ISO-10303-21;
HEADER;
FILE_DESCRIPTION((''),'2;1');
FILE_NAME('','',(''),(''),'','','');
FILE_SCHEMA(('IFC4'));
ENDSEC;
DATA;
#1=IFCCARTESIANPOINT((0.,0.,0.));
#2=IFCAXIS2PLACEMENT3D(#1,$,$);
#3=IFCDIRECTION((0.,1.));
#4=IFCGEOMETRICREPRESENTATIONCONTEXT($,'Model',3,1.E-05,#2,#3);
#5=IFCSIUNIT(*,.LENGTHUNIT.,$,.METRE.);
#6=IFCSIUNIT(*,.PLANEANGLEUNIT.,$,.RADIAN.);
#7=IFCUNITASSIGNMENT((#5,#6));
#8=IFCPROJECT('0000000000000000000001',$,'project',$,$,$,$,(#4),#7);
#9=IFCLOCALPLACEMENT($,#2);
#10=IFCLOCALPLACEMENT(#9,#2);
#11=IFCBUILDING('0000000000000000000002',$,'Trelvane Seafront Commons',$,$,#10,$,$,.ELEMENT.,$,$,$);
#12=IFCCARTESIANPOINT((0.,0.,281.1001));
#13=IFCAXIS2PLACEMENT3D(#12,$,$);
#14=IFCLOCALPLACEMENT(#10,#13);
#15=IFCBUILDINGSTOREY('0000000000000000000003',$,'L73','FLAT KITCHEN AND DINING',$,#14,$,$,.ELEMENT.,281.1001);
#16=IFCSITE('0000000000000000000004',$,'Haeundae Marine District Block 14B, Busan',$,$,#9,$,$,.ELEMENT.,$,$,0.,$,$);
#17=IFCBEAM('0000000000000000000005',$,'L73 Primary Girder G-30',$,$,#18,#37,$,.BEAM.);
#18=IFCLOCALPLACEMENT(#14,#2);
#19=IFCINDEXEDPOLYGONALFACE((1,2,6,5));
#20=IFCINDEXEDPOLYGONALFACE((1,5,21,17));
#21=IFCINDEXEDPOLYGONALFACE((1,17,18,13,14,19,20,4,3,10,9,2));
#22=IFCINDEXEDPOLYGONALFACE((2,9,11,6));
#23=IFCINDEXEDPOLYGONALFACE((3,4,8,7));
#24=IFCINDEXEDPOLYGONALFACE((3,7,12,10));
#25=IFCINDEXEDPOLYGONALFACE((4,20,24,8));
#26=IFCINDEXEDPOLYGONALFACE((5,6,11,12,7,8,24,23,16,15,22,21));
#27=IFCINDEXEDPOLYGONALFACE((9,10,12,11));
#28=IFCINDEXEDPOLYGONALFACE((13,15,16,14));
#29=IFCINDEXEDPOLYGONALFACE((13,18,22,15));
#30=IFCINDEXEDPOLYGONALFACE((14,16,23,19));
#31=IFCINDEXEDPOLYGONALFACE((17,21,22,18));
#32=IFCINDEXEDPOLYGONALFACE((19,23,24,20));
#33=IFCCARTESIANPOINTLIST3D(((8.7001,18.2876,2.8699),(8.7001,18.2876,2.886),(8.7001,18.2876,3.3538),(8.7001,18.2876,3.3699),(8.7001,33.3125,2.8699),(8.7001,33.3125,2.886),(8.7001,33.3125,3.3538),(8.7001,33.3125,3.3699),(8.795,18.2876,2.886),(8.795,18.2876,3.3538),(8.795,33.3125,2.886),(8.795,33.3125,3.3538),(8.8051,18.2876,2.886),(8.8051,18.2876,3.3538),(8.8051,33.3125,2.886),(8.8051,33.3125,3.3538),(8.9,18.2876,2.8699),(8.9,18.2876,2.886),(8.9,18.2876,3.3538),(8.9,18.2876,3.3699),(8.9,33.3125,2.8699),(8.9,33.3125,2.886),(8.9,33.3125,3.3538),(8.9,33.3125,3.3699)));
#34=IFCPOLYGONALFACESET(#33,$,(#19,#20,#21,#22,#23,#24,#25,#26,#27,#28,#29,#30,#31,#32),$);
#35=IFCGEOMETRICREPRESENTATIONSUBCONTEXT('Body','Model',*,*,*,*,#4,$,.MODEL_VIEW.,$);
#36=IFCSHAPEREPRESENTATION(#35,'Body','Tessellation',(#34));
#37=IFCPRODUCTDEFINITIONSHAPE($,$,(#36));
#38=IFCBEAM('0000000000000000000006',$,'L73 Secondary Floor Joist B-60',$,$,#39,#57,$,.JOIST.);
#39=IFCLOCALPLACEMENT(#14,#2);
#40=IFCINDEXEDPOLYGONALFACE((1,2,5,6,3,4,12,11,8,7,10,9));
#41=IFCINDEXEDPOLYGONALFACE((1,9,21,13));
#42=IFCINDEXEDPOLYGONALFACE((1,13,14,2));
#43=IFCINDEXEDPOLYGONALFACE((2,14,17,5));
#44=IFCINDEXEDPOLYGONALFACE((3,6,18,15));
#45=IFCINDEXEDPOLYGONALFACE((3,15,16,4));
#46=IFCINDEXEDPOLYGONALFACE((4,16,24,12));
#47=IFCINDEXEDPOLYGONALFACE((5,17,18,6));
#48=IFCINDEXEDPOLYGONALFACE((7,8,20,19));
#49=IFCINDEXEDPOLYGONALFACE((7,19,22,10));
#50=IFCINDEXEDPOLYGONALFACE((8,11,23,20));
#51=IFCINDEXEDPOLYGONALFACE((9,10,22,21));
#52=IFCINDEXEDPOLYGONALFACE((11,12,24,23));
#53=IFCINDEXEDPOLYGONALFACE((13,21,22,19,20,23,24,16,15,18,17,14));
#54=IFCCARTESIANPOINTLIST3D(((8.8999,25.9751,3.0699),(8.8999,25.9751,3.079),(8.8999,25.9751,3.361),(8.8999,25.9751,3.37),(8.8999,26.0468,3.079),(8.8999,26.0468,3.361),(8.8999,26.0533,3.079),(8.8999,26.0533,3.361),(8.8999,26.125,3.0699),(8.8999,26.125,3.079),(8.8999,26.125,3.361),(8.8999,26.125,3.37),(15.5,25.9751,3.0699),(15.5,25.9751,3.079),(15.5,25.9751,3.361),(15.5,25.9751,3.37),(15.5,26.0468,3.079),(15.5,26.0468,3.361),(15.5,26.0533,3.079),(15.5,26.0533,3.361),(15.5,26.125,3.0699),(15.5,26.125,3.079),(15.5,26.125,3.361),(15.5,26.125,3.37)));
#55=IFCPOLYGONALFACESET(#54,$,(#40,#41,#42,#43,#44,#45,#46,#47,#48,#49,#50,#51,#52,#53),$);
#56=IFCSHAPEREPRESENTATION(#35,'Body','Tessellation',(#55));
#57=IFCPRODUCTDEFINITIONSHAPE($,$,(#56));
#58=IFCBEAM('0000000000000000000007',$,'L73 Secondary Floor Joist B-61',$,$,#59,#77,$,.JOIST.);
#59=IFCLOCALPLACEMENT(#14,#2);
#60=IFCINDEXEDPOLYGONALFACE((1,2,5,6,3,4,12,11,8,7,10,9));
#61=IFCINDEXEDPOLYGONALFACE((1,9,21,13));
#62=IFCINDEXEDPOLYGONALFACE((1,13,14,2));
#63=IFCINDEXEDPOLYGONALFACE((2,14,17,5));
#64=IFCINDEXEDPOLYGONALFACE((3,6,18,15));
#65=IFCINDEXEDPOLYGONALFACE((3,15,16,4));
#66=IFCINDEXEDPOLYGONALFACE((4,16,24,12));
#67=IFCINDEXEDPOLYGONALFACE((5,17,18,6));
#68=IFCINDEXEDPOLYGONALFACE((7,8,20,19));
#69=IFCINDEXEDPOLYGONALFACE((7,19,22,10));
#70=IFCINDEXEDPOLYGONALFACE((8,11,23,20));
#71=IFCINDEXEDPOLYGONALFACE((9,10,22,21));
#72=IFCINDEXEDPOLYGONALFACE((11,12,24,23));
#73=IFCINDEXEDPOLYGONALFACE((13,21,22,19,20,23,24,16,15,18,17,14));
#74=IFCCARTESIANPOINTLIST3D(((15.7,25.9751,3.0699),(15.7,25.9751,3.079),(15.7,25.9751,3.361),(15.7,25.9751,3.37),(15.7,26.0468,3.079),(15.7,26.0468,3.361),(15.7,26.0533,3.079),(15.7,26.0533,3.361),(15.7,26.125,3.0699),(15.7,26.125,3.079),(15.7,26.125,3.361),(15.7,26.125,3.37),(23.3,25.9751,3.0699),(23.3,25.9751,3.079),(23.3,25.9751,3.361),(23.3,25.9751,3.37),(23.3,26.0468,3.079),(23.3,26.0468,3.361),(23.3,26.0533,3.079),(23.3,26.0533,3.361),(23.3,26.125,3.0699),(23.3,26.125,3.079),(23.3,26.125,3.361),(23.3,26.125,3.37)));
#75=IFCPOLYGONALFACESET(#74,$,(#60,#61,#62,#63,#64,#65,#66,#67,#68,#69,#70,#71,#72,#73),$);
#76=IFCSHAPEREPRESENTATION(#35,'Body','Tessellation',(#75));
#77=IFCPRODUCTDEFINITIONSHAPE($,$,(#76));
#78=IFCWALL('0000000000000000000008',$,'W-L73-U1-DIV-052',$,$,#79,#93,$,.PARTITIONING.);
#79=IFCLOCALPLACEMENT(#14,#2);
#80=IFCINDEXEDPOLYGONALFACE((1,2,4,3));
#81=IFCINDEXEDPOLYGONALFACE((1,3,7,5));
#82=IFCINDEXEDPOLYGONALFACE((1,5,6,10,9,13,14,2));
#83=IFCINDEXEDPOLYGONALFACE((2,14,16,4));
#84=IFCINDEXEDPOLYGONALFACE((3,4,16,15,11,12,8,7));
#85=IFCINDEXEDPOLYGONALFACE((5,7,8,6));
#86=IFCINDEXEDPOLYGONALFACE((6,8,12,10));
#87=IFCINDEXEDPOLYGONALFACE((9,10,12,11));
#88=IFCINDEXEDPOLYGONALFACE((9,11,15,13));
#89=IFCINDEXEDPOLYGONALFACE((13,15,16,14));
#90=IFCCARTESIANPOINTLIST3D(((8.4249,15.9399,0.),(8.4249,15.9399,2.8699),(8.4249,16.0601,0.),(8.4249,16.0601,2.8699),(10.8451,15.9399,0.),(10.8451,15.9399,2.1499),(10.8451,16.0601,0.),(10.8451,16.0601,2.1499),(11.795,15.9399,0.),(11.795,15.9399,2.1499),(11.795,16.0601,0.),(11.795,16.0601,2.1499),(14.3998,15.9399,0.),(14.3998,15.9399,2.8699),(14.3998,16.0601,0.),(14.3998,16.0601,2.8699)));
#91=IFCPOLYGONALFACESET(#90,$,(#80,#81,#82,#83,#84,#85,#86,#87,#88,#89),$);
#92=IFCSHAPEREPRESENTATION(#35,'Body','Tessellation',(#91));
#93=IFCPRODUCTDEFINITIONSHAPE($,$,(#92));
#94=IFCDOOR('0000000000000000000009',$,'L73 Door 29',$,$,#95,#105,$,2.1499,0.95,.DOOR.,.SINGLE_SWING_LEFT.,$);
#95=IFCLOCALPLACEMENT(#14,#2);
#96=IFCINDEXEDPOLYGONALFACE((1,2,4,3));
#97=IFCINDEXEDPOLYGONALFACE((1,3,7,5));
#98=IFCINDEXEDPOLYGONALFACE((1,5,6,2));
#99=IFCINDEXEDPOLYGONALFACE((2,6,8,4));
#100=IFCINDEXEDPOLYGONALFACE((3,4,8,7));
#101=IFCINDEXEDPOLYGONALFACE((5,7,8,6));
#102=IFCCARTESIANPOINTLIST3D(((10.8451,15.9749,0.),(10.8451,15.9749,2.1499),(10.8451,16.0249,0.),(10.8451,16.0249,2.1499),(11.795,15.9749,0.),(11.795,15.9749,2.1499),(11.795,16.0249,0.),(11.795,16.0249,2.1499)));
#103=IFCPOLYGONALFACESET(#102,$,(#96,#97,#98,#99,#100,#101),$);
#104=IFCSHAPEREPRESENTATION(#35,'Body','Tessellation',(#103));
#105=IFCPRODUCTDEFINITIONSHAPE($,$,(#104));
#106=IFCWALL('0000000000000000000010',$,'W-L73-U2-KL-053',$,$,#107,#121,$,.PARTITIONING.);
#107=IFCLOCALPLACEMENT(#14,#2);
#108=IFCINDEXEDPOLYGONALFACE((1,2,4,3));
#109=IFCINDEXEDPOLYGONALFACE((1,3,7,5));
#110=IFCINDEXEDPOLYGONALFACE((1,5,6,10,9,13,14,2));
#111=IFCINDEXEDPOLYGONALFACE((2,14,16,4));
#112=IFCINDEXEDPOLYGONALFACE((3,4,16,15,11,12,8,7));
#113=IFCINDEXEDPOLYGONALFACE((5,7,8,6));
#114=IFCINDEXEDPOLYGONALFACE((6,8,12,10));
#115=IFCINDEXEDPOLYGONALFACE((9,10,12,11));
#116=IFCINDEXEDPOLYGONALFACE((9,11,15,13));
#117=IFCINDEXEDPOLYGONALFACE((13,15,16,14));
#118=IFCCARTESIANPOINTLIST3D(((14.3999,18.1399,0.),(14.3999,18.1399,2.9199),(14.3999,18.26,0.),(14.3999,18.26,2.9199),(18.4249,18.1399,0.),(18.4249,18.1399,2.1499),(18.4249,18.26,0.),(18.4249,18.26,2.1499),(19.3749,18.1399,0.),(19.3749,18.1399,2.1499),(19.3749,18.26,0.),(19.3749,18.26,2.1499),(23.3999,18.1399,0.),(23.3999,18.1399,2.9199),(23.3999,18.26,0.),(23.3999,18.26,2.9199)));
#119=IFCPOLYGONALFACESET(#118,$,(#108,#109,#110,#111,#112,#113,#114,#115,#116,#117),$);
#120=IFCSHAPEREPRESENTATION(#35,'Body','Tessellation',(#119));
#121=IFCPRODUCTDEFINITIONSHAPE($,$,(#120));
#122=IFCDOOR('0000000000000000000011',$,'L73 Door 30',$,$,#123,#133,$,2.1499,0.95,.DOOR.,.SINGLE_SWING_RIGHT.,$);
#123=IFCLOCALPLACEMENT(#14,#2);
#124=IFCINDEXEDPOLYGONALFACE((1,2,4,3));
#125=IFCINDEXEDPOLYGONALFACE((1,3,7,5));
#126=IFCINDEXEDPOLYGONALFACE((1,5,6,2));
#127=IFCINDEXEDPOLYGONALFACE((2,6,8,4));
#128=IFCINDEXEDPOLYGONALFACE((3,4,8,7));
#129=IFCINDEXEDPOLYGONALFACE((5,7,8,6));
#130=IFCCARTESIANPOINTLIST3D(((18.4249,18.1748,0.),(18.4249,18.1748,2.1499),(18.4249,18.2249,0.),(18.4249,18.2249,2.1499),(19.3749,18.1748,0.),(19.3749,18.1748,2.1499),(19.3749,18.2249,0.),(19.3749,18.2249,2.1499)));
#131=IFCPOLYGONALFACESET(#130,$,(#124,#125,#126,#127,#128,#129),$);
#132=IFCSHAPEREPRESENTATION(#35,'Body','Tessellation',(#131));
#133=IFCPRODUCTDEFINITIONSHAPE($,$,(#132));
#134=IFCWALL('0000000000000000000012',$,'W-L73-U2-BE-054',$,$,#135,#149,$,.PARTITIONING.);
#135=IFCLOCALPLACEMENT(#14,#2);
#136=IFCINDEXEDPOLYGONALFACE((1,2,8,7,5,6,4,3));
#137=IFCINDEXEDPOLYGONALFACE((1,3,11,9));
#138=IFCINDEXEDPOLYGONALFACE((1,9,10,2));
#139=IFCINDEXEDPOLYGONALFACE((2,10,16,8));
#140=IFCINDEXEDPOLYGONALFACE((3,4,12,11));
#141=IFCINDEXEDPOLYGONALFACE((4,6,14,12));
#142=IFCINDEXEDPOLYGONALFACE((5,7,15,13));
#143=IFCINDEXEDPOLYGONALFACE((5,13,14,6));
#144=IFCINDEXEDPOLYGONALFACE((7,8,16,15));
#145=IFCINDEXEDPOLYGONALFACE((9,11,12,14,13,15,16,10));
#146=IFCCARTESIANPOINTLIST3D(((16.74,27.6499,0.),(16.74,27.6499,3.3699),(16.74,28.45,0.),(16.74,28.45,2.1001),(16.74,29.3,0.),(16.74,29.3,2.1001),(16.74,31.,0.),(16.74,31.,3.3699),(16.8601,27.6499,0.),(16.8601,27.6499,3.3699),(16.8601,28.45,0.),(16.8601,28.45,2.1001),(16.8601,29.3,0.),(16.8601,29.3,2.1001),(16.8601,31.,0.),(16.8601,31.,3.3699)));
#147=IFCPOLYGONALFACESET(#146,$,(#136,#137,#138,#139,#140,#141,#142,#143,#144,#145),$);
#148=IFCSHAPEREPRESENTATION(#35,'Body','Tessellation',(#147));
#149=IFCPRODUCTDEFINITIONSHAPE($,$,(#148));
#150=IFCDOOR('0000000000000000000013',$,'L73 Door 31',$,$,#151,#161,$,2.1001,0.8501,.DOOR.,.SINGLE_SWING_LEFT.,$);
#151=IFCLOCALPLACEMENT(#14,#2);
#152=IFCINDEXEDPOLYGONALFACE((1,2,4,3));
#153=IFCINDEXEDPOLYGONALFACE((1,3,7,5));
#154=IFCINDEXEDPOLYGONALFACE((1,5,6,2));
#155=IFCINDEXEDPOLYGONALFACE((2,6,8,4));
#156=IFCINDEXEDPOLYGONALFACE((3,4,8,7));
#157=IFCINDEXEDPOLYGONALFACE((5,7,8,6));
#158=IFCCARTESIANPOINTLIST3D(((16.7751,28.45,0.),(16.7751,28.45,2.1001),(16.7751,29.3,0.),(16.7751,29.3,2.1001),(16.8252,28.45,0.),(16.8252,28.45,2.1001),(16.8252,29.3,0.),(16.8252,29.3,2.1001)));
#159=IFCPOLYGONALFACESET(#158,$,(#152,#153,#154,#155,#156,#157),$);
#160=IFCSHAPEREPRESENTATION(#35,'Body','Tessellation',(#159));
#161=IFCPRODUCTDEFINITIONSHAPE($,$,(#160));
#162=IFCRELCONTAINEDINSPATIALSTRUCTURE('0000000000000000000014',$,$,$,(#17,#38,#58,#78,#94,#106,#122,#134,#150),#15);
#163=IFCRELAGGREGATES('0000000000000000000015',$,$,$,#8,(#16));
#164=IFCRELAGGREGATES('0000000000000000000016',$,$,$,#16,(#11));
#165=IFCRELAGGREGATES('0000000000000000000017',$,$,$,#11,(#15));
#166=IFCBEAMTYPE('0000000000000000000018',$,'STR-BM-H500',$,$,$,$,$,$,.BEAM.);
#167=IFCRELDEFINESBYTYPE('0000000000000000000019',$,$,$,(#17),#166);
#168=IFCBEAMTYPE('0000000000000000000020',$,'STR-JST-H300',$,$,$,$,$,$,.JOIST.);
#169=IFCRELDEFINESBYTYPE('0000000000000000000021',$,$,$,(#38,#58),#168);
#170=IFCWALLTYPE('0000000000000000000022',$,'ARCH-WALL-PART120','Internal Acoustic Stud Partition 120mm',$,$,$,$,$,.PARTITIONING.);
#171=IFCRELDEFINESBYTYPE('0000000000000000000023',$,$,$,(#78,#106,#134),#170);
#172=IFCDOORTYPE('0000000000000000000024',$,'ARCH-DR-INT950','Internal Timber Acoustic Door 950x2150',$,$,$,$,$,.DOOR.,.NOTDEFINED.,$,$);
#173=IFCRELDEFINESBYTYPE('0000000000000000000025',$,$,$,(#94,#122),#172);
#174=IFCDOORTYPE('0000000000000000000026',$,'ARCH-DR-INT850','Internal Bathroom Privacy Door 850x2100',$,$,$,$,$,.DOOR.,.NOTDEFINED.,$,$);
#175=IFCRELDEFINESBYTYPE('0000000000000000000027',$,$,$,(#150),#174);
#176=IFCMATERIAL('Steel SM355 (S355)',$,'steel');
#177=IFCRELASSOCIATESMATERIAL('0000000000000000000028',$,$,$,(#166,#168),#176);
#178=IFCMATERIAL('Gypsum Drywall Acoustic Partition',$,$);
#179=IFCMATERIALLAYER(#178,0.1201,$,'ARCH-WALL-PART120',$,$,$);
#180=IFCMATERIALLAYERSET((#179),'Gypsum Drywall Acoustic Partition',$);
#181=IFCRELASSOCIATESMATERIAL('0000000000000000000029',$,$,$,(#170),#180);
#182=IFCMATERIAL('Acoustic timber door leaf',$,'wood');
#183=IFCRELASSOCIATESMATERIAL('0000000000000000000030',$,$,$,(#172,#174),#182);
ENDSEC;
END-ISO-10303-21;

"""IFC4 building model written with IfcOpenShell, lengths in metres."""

from ifc_helpers import new_model, si_unit, direction, frame, frame_2d, origin, origin_2d, place, context, subcontext, project, spatial, rectangle, i_section, extrude, source, transform, mapped, material, layer, layer_set, material_profile, profile_set, type_object, element, fill, save


model = new_model("IFC4")

# Units and contexts
model_context = context("Model", 3, precision=1e-05, world=origin(), true_north=direction((0.0, 1.0)))
body_context = subcontext(model_context, "Body", "Model", "MODEL_VIEW")
ifc_project = project(units=[si_unit("LENGTHUNIT", "METRE"), si_unit("PLANEANGLEUNIT", "RADIAN")], contexts=[model_context])

# Site, building, storey
site_placement = place(None, origin())
site = spatial("IfcSite", under=ifc_project, at=site_placement, Name="Haeundae Marine District Block 14B, Busan", CompositionType="ELEMENT", RefElevation=0.0)
building_placement = place(site_placement, origin())
building = spatial("IfcBuilding", under=site, at=building_placement, Name="Trelvane Seafront Commons", CompositionType="ELEMENT")
storey_placement = place(building_placement, frame((0.0, 0.0, 281.1001)))
storey = spatial("IfcBuildingStorey", under=building, at=storey_placement, Name="L73", Description="FLAT KITCHEN AND DINING", CompositionType="ELEMENT", Elevation=281.1001)

# Shared definitions
ifc_material_1 = material(Name="Steel SM355 (S355)", Category="steel")

# Beams
ifc_material_profile_1 = material_profile(ifc_material_1, i_section(OverallWidth=0.2, OverallDepth=0.5, WebThickness=0.01, FlangeThickness=0.0161, at=origin_2d()), Name="H-500x200x10x16")
ifc_profile_set_1 = profile_set([ifc_material_profile_1], Name="Steel SM355 (S355)")
beam_type_1 = type_object("IfcBeamType", Name="STR-BM-H500", PredefinedType="BEAM", material=ifc_profile_set_1)
shared_shape_1 = source(origin(), body_context, "Body", "SweptSolid", [
    extrude(i_section(OverallWidth=0.2, OverallDepth=0.5, WebThickness=0.01, FlangeThickness=0.0161, at=origin_2d()), origin(), (0.0, 0.0, 1.0), 15.0249),
])
beam_1_placement = place(storey_placement, frame((8.8, 18.2876, 3.1199), z_axis=(0.0, 1.0, 0.0), x_axis=(-1.0, 0.0, 0.0)))
element("IfcBeam", 1, at=beam_1_placement, inside=storey, type_object=beam_type_1, Name="L73 Primary Girder G-30", PredefinedType="BEAM", context=body_context, shape_type="MappedRepresentation", body=[
    mapped(shared_shape_1, transform((0.0, 0.0, 0.0), x_axis=(1.0, 0.0, 0.0), y_axis=(0.0, 1.0, 0.0), z_axis=(0.0, 0.0, 1.0), scale=1.0)),
])
ifc_material_profile_2 = material_profile(ifc_material_1, i_section(OverallWidth=0.1499, OverallDepth=0.3, WebThickness=0.0066, FlangeThickness=0.009, at=origin_2d()), Name="H-300x150x6.5x9")
ifc_profile_set_2 = profile_set([ifc_material_profile_2], Name="Steel SM355 (S355)")
beam_type_2 = type_object("IfcBeamType", Name="STR-JST-H300", PredefinedType="JOIST", material=ifc_profile_set_2)
shared_shape_2 = source(origin(), body_context, "Body", "SweptSolid", [
    extrude(i_section(OverallWidth=0.1499, OverallDepth=0.3, WebThickness=0.0066, FlangeThickness=0.009, at=origin_2d()), origin(), (0.0, 0.0, 1.0), 6.6001),
])
beam_2_placement = place(storey_placement, frame((8.8999, 26.05, 3.22), z_axis=(1.0, 0.0, 0.0), x_axis=(0.0, 1.0, 0.0)))
element("IfcBeam", 2, at=beam_2_placement, inside=storey, type_object=beam_type_2, Name="L73 Secondary Floor Joist B-60", PredefinedType="JOIST", context=body_context, shape_type="MappedRepresentation", body=[
    mapped(shared_shape_2, transform((0.0, 0.0, 0.0), x_axis=(1.0, 0.0, 0.0), y_axis=(0.0, 1.0, 0.0), z_axis=(0.0, 0.0, 1.0), scale=1.0)),
])
shared_shape_3 = source(origin(), body_context, "Body", "SweptSolid", [
    extrude(i_section(OverallWidth=0.1499, OverallDepth=0.3, WebThickness=0.0066, FlangeThickness=0.009, at=origin_2d()), origin(), (0.0, 0.0, 1.0), 7.6001),
])
beam_3_placement = place(storey_placement, frame((15.7, 26.05, 3.22), z_axis=(1.0, 0.0, 0.0), x_axis=(0.0, 1.0, 0.0)))
element("IfcBeam", 3, at=beam_3_placement, inside=storey, type_object=beam_type_2, Name="L73 Secondary Floor Joist B-61", PredefinedType="JOIST", context=body_context, shape_type="MappedRepresentation", body=[
    mapped(shared_shape_3, transform((0.0, 0.0, 0.0), x_axis=(1.0, 0.0, 0.0), y_axis=(0.0, 1.0, 0.0), z_axis=(0.0, 0.0, 1.0), scale=1.0)),
])

# Walls, openings, doors
ifc_material_2 = material(Name="Gypsum Drywall Acoustic Partition")
ifc_layer_1 = layer(ifc_material_2, 0.1201, Name="ARCH-WALL-PART120")
ifc_layer_set_1 = layer_set([ifc_layer_1], Name="Gypsum Drywall Acoustic Partition")
wall_type_1 = type_object("IfcWallType", Name="ARCH-WALL-PART120", Description="Internal Acoustic Stud Partition 120mm", PredefinedType="PARTITIONING", material=ifc_layer_set_1)
wall_1_placement = place(storey_placement, frame((8.425, 16.0, 0.0), z_axis=(0.0, 0.0, 1.0), x_axis=(1.0, 0.0, 0.0)))
wall_1 = element("IfcWall", 4, at=wall_1_placement, inside=storey, type_object=wall_type_1, Name="W-L73-U1-DIV-052", PredefinedType="PARTITIONING", context=body_context, shape_type="SweptSolid", body=[
    extrude(rectangle(XDim=5.9749, YDim=0.1201, at=frame_2d((2.9873, 0.0))), origin(), (0.0, 0.0, 1.0), 2.8699),
])
opening_1_placement = place(wall_1_placement, frame((2.4199, 0.0, 0.0)))
opening_1 = element("IfcOpeningElement", 5, at=opening_1_placement, cuts=wall_1, PredefinedType="OPENING", context=body_context, shape_type="SweptSolid", body=[
    extrude(rectangle(XDim=0.95, YDim=2.1499, at=frame_2d((0.4751, 1.075))), frame((0.0, 0.0701, 0.0), z_axis=(0.0, -1.0, 0.0), x_axis=(1.0, 0.0, 0.0)), (0.0, 0.0, 1.0), 0.1401),
])
ifc_material_3 = material(Name="Acoustic timber door leaf", Category="wood")
door_type_1 = type_object("IfcDoorType", Name="ARCH-DR-INT950", Description="Internal Timber Acoustic Door 950x2150", OperationType="NOTDEFINED", PredefinedType="DOOR", material=ifc_material_3)
shared_shape_4 = source(origin(), body_context, "Body", "SweptSolid", [
    extrude(rectangle(XDim=0.95, YDim=2.1499, at=frame_2d((0.4751, 1.075))), frame((0.0, 0.0249, 0.0), z_axis=(0.0, -1.0, 0.0), x_axis=(1.0, 0.0, 0.0)), (0.0, 0.0, 1.0), 0.05),
])
door_1_placement = place(opening_1_placement, origin())
door_1 = element("IfcDoor", 6, at=door_1_placement, inside=storey, type_object=door_type_1, Name="L73 Door 29", OperationType="SINGLE_SWING_LEFT", OverallHeight=2.1499, OverallWidth=0.95, PredefinedType="DOOR", context=body_context, shape_type="MappedRepresentation", body=[
    mapped(shared_shape_4, transform((0.0, 0.0, 0.0), x_axis=(1.0, 0.0, 0.0), y_axis=(0.0, 1.0, 0.0), z_axis=(0.0, 0.0, 1.0), scale=1.0)),
])
fill(opening_1, door_1)
wall_2_placement = place(storey_placement, frame((14.3999, 18.2, 0.0), z_axis=(0.0, 0.0, 1.0), x_axis=(1.0, 0.0, 0.0)))
wall_2 = element("IfcWall", 7, at=wall_2_placement, inside=storey, type_object=wall_type_1, Name="W-L73-U2-KL-053", PredefinedType="PARTITIONING", context=body_context, shape_type="SweptSolid", body=[
    extrude(rectangle(XDim=9.0, YDim=0.1201, at=frame_2d((4.5, 0.0))), origin(), (0.0, 0.0, 1.0), 2.9199),
])
opening_2_placement = place(wall_2_placement, frame((4.0249, 0.0, 0.0)))
opening_2 = element("IfcOpeningElement", 8, at=opening_2_placement, cuts=wall_2, PredefinedType="OPENING", context=body_context, shape_type="SweptSolid", body=[
    extrude(rectangle(XDim=0.95, YDim=2.1499, at=frame_2d((0.4751, 1.075))), frame((0.0, 0.0701, 0.0), z_axis=(0.0, -1.0, 0.0), x_axis=(1.0, 0.0, 0.0)), (0.0, 0.0, 1.0), 0.1401),
])
door_2_placement = place(opening_2_placement, origin())
door_2 = element("IfcDoor", 9, at=door_2_placement, inside=storey, type_object=door_type_1, Name="L73 Door 30", OperationType="SINGLE_SWING_RIGHT", OverallHeight=2.1499, OverallWidth=0.95, PredefinedType="DOOR", context=body_context, shape_type="MappedRepresentation", body=[
    mapped(shared_shape_4, transform((0.0, 0.0, 0.0), x_axis=(1.0, 0.0, 0.0), y_axis=(0.0, 1.0, 0.0), z_axis=(0.0, 0.0, 1.0), scale=1.0)),
])
fill(opening_2, door_2)
wall_3_placement = place(storey_placement, frame((16.8, 27.6499, 0.0), z_axis=(0.0, 0.0, 1.0), x_axis=(0.0, 1.0, 0.0)))
wall_3 = element("IfcWall", 10, at=wall_3_placement, inside=storey, type_object=wall_type_1, Name="W-L73-U2-BE-054", PredefinedType="PARTITIONING", context=body_context, shape_type="SweptSolid", body=[
    extrude(rectangle(XDim=3.3501, YDim=0.1201, at=frame_2d((1.675, 0.0))), origin(), (0.0, 0.0, 1.0), 3.3699),
])
opening_3_placement = place(wall_3_placement, frame((0.8, 0.0, 0.0)))
opening_3 = element("IfcOpeningElement", 11, at=opening_3_placement, cuts=wall_3, PredefinedType="OPENING", context=body_context, shape_type="SweptSolid", body=[
    extrude(rectangle(XDim=0.8501, YDim=2.1001, at=frame_2d((0.425, 1.05))), frame((0.0, 0.0701, 0.0), z_axis=(0.0, -1.0, 0.0), x_axis=(1.0, 0.0, 0.0)), (0.0, 0.0, 1.0), 0.1401),
])
door_type_2 = type_object("IfcDoorType", Name="ARCH-DR-INT850", Description="Internal Bathroom Privacy Door 850x2100", OperationType="NOTDEFINED", PredefinedType="DOOR", material=ifc_material_3)
shared_shape_5 = source(origin(), body_context, "Body", "SweptSolid", [
    extrude(rectangle(XDim=0.8501, YDim=2.1001, at=frame_2d((0.425, 1.05))), frame((0.0, 0.0249, 0.0), z_axis=(0.0, -1.0, 0.0), x_axis=(1.0, 0.0, 0.0)), (0.0, 0.0, 1.0), 0.05),
])
door_3_placement = place(opening_3_placement, origin())
door_3 = element("IfcDoor", 12, at=door_3_placement, inside=storey, type_object=door_type_2, Name="L73 Door 31", OperationType="SINGLE_SWING_LEFT", OverallHeight=2.1001, OverallWidth=0.8501, PredefinedType="DOOR", context=body_context, shape_type="MappedRepresentation", body=[
    mapped(shared_shape_5, transform((0.0, 0.0, 0.0), x_axis=(1.0, 0.0, 0.0), y_axis=(0.0, 1.0, 0.0), z_axis=(0.0, 0.0, 1.0), scale=1.0)),
])
fill(opening_3, door_3)

save(model, "model.ifc")
